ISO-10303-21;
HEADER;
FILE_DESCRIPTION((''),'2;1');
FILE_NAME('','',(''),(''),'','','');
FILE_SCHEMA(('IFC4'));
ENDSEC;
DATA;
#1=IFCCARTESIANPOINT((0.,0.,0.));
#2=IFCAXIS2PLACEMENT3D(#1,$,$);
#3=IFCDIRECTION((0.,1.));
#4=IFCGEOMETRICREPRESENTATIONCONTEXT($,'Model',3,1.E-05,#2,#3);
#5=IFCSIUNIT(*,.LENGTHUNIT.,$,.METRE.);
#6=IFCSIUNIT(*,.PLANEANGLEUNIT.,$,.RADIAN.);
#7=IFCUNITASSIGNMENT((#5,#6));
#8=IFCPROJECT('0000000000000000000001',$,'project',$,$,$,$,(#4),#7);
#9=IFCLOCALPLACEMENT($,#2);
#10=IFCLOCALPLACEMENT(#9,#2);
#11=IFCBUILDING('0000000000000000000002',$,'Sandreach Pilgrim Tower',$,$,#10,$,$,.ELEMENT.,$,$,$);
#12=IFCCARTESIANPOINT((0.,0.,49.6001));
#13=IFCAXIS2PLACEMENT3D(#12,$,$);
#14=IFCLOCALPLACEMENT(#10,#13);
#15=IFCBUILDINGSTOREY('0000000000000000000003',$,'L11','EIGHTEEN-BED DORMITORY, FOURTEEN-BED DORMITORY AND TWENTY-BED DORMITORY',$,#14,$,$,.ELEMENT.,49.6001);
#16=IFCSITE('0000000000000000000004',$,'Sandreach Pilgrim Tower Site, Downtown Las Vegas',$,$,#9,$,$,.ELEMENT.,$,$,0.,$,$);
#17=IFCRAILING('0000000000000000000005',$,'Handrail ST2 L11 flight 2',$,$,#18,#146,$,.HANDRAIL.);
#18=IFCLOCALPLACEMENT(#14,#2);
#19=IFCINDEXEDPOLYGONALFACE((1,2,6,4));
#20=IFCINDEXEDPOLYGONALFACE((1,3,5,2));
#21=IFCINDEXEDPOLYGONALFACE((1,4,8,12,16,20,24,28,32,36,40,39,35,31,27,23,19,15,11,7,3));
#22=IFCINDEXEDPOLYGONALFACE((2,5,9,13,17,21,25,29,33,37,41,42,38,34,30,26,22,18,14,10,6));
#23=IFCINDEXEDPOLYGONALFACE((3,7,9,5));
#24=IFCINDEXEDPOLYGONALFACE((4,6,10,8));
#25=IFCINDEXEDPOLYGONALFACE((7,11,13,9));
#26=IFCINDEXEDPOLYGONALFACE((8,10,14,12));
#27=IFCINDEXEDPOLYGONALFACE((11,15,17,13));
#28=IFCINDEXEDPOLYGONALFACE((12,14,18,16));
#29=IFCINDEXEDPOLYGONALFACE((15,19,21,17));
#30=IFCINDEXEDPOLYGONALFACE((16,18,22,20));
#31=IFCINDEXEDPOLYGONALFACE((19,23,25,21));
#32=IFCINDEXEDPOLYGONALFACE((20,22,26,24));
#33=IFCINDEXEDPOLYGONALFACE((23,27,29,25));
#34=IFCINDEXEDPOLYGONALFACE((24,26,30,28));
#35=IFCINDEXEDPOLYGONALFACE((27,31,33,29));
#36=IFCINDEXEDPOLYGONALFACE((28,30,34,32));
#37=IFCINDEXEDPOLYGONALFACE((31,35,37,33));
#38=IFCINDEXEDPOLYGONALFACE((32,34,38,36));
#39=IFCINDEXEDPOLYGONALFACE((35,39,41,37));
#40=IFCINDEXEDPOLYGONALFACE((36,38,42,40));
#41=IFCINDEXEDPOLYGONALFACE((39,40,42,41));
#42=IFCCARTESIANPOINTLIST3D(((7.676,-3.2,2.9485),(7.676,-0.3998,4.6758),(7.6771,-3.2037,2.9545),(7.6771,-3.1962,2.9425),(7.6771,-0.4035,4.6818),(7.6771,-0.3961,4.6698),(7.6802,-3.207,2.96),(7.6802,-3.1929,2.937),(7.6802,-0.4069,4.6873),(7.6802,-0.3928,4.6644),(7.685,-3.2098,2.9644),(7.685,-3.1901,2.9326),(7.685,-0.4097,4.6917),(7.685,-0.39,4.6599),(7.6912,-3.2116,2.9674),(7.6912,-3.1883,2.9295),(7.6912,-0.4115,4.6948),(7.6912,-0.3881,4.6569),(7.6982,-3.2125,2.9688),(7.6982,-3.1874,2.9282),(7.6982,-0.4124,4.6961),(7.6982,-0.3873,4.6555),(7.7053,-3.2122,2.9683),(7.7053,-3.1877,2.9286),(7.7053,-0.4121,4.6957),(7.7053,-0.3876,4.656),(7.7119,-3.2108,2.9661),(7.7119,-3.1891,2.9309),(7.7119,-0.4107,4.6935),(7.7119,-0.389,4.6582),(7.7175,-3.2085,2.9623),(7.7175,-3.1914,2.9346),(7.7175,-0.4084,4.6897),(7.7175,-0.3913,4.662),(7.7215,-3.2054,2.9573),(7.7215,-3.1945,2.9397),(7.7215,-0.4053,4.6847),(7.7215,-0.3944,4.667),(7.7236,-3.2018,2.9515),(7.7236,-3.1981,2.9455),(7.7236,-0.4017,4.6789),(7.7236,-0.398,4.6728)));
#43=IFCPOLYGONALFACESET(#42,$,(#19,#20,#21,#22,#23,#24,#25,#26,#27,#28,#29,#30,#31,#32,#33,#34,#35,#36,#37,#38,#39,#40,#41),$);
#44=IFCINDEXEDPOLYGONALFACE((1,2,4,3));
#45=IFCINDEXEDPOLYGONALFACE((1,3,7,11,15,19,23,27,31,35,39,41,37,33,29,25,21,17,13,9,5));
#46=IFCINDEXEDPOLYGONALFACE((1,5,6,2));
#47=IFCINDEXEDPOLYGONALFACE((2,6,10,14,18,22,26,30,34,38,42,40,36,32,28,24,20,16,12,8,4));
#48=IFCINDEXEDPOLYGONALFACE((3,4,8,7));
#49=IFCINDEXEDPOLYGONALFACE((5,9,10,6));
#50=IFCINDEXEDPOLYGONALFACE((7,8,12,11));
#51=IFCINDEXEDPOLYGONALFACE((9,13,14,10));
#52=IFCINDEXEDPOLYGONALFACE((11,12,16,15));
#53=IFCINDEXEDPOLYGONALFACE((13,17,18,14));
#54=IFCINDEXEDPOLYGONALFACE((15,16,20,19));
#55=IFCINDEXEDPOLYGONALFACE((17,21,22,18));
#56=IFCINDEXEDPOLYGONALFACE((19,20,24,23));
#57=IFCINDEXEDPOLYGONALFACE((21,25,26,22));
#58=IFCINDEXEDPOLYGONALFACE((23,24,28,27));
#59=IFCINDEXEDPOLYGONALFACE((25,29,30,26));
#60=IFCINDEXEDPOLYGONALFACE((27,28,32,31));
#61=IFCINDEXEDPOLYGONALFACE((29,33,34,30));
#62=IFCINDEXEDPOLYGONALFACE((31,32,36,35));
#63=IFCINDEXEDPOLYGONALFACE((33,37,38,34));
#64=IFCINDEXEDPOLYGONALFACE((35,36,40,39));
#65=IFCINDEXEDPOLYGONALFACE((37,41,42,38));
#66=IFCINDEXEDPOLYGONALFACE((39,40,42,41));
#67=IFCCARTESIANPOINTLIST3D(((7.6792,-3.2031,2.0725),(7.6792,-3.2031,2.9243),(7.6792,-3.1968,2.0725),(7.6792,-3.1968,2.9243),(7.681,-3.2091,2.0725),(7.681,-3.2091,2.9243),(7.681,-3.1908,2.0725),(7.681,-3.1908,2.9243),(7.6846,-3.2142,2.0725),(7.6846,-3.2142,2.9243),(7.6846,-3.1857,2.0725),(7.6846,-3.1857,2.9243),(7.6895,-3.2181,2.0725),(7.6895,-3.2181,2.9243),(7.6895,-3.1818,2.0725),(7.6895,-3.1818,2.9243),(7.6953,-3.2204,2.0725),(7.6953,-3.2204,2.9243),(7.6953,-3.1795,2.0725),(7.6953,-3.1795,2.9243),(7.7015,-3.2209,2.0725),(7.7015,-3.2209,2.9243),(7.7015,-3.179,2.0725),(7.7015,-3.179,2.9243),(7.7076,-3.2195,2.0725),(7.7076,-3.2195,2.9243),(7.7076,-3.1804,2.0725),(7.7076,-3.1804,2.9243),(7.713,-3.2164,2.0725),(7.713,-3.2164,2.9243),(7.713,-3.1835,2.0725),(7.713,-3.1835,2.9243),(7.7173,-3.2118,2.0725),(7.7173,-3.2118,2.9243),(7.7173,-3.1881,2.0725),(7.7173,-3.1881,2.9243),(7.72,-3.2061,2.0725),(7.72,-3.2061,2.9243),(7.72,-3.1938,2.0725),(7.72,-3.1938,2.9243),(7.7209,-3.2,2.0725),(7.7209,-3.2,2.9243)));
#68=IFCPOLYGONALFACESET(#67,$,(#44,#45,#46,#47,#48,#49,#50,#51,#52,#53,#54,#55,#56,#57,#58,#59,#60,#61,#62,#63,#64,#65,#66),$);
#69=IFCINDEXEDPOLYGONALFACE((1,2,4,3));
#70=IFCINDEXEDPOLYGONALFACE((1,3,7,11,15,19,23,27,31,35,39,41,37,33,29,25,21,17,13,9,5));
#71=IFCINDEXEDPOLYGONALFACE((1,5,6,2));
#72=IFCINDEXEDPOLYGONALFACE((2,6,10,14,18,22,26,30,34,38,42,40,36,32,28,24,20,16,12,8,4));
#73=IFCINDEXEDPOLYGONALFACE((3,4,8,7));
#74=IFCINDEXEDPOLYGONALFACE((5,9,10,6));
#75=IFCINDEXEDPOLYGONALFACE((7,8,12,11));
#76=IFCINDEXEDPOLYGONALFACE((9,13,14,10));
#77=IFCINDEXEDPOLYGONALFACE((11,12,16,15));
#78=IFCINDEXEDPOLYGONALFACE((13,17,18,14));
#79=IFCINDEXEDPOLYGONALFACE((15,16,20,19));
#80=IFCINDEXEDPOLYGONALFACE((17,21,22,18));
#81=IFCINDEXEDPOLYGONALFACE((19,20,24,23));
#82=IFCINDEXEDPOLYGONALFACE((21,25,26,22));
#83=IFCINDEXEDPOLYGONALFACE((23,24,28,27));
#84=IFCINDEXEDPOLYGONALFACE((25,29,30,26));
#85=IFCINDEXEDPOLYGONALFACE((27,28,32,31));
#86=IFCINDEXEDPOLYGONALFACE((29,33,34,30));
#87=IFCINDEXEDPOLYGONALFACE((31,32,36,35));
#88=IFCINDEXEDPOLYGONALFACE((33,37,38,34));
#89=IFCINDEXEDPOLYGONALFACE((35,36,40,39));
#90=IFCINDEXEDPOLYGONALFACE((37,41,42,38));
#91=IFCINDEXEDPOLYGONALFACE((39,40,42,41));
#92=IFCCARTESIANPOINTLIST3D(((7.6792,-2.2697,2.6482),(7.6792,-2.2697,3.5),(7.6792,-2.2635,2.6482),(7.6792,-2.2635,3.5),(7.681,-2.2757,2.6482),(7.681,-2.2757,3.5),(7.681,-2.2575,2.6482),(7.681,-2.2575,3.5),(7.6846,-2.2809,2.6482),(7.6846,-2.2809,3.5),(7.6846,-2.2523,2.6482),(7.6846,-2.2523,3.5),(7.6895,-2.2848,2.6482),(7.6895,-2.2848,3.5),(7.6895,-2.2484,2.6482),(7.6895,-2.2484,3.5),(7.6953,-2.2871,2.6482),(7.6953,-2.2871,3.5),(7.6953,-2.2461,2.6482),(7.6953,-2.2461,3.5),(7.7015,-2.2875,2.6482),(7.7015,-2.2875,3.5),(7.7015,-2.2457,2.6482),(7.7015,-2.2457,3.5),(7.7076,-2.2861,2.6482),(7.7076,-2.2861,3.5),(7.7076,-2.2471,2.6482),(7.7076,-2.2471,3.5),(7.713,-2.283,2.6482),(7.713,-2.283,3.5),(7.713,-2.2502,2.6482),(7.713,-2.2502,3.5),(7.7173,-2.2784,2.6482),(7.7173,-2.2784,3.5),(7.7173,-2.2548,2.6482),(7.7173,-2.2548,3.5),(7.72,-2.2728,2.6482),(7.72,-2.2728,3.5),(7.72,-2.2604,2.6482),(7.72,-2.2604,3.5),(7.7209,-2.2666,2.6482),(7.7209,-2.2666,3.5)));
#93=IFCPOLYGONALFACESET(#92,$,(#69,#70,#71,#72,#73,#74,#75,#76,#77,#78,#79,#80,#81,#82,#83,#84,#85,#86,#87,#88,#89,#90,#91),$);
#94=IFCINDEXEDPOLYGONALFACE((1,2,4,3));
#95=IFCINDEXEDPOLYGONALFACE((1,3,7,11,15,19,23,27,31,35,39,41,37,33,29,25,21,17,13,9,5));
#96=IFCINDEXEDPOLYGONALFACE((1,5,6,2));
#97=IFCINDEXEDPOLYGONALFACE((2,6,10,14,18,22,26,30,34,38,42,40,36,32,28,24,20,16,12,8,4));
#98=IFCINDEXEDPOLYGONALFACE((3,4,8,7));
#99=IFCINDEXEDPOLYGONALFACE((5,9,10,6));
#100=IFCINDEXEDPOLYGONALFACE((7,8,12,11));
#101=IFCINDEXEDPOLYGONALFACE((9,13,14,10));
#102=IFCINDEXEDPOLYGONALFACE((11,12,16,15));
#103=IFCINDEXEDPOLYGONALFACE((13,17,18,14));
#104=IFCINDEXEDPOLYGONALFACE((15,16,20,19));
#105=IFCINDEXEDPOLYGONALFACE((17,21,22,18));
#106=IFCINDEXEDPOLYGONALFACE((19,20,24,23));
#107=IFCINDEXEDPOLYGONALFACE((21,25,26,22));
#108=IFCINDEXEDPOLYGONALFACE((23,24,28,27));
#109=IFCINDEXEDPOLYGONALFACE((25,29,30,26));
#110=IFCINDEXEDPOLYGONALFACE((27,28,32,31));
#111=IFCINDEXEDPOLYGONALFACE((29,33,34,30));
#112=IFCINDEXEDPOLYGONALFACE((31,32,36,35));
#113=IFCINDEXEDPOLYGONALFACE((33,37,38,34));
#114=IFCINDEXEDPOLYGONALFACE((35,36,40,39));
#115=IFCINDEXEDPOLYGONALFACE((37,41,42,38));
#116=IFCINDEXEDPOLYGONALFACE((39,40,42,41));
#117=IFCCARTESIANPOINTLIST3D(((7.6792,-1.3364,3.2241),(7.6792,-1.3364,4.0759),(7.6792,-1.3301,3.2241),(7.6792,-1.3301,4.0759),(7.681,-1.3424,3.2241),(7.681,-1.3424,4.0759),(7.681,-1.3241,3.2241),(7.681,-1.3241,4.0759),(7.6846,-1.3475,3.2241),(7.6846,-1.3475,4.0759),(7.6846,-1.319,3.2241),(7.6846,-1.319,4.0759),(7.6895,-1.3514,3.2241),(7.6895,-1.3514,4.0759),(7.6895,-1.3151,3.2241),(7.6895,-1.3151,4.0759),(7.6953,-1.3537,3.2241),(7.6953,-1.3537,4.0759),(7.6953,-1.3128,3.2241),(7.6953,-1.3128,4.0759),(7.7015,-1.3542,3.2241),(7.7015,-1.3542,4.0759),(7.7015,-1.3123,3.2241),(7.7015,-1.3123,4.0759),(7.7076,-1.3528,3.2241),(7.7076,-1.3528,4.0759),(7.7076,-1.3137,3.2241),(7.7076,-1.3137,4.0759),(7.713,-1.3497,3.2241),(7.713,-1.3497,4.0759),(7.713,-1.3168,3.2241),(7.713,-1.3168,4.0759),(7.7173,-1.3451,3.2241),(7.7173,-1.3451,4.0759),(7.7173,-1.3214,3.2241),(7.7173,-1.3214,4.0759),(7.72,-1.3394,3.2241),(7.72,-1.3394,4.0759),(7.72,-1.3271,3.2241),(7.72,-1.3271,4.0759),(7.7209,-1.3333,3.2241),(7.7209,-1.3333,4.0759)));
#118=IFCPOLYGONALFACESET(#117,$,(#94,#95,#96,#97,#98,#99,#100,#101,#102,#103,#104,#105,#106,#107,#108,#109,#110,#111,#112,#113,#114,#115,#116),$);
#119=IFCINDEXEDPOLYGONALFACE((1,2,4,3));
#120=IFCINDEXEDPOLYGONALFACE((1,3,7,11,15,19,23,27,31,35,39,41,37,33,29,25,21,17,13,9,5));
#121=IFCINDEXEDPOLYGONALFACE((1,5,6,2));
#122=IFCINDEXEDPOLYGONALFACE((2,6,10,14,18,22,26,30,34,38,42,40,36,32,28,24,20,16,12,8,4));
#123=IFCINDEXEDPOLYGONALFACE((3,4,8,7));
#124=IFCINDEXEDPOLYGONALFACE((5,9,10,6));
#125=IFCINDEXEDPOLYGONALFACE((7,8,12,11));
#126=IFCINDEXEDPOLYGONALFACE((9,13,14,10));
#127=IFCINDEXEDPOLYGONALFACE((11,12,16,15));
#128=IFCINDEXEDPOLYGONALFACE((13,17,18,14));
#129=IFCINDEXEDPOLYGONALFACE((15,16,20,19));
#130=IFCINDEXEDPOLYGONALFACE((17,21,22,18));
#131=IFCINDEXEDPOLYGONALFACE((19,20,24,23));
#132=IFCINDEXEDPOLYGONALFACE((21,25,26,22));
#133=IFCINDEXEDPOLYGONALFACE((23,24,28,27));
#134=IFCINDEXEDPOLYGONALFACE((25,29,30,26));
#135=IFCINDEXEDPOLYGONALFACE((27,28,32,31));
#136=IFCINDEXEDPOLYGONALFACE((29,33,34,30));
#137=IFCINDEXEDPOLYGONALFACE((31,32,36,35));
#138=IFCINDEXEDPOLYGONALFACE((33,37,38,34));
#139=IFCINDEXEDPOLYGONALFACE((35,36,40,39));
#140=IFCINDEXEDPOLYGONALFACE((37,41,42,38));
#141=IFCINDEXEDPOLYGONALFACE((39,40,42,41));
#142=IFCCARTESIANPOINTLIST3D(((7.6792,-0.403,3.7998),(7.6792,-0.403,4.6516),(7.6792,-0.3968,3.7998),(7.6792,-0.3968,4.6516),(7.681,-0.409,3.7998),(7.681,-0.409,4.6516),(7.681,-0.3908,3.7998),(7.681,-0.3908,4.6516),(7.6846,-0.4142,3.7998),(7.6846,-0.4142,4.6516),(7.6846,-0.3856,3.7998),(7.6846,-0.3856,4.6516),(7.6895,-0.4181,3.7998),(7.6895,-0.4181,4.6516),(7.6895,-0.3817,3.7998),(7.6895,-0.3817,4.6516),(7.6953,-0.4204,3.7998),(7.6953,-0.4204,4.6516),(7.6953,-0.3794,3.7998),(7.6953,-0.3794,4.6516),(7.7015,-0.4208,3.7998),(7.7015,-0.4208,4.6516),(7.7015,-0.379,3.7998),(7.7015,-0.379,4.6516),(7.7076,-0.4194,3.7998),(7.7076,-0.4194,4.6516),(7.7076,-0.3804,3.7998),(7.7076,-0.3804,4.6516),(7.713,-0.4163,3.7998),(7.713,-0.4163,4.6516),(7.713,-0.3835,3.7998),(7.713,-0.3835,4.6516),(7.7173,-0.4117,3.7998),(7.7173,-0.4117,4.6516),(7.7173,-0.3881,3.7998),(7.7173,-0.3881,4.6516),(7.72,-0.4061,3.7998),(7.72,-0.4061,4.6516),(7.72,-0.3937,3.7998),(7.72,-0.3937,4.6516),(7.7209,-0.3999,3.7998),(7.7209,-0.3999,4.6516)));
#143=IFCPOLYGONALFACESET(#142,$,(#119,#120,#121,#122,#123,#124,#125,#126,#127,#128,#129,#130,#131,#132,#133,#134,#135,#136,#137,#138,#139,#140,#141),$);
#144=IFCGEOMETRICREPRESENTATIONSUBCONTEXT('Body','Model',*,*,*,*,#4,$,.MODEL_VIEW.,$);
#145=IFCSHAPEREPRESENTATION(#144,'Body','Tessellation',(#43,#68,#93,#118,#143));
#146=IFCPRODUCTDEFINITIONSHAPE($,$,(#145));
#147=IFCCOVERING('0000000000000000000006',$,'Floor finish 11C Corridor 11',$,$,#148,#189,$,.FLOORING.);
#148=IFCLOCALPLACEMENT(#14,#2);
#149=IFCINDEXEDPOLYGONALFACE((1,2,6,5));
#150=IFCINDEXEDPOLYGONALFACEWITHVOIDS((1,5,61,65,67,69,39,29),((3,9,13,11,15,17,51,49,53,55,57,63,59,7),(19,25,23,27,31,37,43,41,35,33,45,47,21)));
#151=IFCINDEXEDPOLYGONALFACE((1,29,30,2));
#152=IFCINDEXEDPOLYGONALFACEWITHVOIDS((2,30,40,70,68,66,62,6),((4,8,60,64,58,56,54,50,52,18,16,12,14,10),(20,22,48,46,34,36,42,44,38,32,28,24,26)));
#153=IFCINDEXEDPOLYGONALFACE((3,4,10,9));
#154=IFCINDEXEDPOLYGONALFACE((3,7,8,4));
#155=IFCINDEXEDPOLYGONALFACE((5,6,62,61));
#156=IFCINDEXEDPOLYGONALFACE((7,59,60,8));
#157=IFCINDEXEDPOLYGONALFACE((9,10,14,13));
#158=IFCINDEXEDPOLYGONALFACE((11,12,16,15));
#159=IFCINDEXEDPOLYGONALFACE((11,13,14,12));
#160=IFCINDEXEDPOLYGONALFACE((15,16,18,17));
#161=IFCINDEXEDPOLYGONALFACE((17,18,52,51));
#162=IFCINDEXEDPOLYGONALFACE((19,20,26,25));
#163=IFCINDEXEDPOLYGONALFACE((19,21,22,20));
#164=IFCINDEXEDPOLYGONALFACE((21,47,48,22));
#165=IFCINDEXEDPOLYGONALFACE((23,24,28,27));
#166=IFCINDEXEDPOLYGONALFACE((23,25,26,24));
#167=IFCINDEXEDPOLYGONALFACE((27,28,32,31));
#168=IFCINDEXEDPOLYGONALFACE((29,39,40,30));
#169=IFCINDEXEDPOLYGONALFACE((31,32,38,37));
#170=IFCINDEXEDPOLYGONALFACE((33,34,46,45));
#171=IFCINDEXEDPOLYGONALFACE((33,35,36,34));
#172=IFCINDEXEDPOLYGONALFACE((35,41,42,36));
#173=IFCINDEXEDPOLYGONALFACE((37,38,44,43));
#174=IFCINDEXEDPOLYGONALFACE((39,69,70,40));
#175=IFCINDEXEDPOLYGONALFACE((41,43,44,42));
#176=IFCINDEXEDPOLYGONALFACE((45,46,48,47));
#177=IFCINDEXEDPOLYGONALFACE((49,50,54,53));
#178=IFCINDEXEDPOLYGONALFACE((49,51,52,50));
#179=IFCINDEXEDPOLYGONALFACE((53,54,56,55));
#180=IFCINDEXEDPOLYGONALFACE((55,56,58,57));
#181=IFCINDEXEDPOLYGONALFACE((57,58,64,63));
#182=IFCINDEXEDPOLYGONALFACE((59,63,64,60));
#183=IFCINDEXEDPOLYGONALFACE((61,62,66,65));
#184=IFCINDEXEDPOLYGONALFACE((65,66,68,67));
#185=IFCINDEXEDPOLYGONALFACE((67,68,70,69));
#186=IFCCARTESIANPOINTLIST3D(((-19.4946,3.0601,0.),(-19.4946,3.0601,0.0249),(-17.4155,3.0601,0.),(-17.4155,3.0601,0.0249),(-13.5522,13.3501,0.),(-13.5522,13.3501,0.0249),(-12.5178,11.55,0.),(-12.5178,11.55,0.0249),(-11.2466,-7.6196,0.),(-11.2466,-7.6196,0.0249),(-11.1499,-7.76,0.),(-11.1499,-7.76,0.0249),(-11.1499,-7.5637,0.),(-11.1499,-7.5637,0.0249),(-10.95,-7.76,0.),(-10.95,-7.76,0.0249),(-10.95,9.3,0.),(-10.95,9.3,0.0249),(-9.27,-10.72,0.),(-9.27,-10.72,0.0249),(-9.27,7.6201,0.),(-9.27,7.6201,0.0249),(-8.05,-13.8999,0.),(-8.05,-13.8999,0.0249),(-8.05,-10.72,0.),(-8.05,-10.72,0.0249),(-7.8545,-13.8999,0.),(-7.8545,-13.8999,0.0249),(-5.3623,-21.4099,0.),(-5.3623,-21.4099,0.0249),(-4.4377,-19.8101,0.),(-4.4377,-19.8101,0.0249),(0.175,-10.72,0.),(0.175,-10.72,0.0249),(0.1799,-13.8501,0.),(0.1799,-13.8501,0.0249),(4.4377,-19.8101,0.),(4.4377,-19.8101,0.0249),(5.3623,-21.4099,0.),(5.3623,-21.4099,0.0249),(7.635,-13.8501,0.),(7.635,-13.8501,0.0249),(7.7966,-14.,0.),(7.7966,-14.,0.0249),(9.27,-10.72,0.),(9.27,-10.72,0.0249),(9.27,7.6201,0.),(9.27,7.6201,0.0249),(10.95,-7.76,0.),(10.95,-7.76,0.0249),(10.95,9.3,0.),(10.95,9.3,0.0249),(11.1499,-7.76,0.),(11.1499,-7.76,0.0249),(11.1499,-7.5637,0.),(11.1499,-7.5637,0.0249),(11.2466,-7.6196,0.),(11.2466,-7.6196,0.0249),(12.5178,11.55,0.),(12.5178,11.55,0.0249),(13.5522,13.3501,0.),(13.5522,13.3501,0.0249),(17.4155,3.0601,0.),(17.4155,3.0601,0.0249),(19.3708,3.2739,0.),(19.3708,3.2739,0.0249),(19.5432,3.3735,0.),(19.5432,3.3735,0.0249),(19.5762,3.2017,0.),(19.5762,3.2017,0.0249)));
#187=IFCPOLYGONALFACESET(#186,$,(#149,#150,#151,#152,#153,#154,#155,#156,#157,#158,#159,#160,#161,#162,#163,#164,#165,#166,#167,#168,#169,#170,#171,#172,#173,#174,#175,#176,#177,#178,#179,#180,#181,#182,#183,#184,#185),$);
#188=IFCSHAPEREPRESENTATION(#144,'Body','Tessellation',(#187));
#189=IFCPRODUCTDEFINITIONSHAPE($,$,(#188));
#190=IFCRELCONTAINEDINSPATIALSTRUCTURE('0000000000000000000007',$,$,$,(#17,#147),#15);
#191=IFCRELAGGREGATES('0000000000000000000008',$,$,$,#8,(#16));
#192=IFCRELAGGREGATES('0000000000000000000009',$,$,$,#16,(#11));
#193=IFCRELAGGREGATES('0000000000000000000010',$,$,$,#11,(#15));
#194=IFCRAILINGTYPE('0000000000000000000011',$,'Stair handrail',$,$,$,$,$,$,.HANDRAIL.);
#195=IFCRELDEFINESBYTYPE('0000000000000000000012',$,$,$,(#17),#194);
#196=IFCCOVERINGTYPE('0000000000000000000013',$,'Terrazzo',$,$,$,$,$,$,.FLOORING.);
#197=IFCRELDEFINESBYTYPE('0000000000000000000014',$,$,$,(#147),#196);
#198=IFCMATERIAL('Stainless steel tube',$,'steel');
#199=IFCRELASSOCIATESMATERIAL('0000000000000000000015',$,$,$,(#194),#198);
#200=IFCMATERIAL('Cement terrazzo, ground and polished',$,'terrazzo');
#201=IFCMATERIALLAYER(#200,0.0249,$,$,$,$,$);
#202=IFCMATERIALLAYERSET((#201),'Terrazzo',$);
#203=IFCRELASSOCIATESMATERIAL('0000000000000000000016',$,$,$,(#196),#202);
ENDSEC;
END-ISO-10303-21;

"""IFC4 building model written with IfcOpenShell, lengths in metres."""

from ifc_helpers import new_model, si_unit, direction, frame, origin, origin_2d, place, context, subcontext, project, spatial, polyline, circle, outline, extrude, material, layer, layer_set, type_object, element, save


model = new_model("IFC4")

# Units and contexts
model_context = context("Model", 3, precision=1e-05, world=origin(), true_north=direction((0.0, 1.0)))
body_context = subcontext(model_context, "Body", "Model", "MODEL_VIEW")
ifc_project = project(units=[si_unit("LENGTHUNIT", "METRE"), si_unit("PLANEANGLEUNIT", "RADIAN")], contexts=[model_context])

# Site, building, storey
site_placement = place(None, origin())
site = spatial("IfcSite", under=ifc_project, at=site_placement, Name="Sandreach Pilgrim Tower Site, Downtown Las Vegas", CompositionType="ELEMENT", RefElevation=0.0)
building_placement = place(site_placement, origin())
building = spatial("IfcBuilding", under=site, at=building_placement, Name="Sandreach Pilgrim Tower", CompositionType="ELEMENT")
storey_placement = place(building_placement, frame((0.0, 0.0, 49.6001)))
storey = spatial("IfcBuildingStorey", under=building, at=storey_placement, Name="L11", Description="EIGHTEEN-BED DORMITORY, FOURTEEN-BED DORMITORY AND TWENTY-BED DORMITORY", CompositionType="ELEMENT", Elevation=49.6001)

# Railing
ifc_material_1 = material(Name="Stainless steel tube", Category="steel")
railing_type = type_object("IfcRailingType", Name="Stair handrail", PredefinedType="HANDRAIL", material=ifc_material_1)
for number, where, name in (
    (1, (7.7, -3.2, 2.0725), "Handrail ST2 L11 flight 2"),
):
    element("IfcRailing", number, at=place(storey_placement, frame(where)), inside=storey, type_object=railing_type, Name=name, PredefinedType="HANDRAIL", context=body_context, shape_type="SweptSolid", body=[
        extrude(circle(Radius=0.0239, at=origin_2d()), frame((0.0, 0.0, 0.876), z_axis=(0.0, 0.85109, 0.52502), x_axis=(-1.0, 0.0, 0.0)), (0.0, 0.0, 1.0), 3.29),
        extrude(circle(Radius=0.021, at=origin_2d()), origin(), (0.0, 0.0, 1.0), 0.8518),
        extrude(circle(Radius=0.021, at=origin_2d()), frame((0.0, 0.9333, 0.5757)), (0.0, 0.0, 1.0), 0.8518),
        extrude(circle(Radius=0.021, at=origin_2d()), frame((0.0, 1.8667, 1.1516)), (0.0, 0.0, 1.0), 0.8518),
        extrude(circle(Radius=0.021, at=origin_2d()), frame((0.0, 2.8, 1.7273)), (0.0, 0.0, 1.0), 0.8518),
    ])

# Covering
ifc_material_2 = material(Name="Cement terrazzo, ground and polished", Category="terrazzo")
ifc_layer_1 = layer(ifc_material_2, 0.0249)
ifc_layer_set_1 = layer_set([ifc_layer_1], Name="Terrazzo")
covering_type = type_object("IfcCoveringType", Name="Terrazzo", PredefinedType="FLOORING", material=ifc_layer_set_1)
covering_placement = place(storey_placement, origin())
element("IfcCovering", 2, at=covering_placement, inside=storey, type_object=covering_type, Name="Floor finish 11C Corridor 11", PredefinedType="FLOORING", context=body_context, shape_type="SweptSolid", body=[
    extrude(outline(polyline([(-19.4946, 3.0601), (-13.5522, 13.3501), (13.5522, 13.3501), (19.3708, 3.2739), (19.5432, 3.3735), (19.5762, 3.2017), (5.3623, -21.4099), (-5.3623, -21.4099), (-19.4946, 3.0601)]), holes=[polyline([(-17.4155, 3.0601), (-11.2466, -7.6196), (-11.1499, -7.5637), (-11.1499, -7.76), (-10.95, -7.76), (-10.95, 9.3), (10.95, 9.3), (10.95, -7.76), (11.1499, -7.76), (11.1499, -7.5637), (11.2466, -7.6196), (17.4155, 3.0601), (12.5178, 11.55), (-12.5178, 11.55), (-17.4155, 3.0601)]), polyline([(-8.05, -10.72), (-8.05, -13.8999), (-7.8545, -13.8999), (-4.4377, -19.8101), (4.4377, -19.8101), (7.7966, -14.0), (7.635, -13.8501), (0.1799, -13.8501), (0.175, -10.72), (9.27, -10.72), (9.27, 7.6201), (-9.27, 7.6201), (-9.27, -10.72), (-8.05, -10.72)])]), origin(), (0.0, 0.0, 1.0), 0.0249),
])

save(model, "model.ifc")
